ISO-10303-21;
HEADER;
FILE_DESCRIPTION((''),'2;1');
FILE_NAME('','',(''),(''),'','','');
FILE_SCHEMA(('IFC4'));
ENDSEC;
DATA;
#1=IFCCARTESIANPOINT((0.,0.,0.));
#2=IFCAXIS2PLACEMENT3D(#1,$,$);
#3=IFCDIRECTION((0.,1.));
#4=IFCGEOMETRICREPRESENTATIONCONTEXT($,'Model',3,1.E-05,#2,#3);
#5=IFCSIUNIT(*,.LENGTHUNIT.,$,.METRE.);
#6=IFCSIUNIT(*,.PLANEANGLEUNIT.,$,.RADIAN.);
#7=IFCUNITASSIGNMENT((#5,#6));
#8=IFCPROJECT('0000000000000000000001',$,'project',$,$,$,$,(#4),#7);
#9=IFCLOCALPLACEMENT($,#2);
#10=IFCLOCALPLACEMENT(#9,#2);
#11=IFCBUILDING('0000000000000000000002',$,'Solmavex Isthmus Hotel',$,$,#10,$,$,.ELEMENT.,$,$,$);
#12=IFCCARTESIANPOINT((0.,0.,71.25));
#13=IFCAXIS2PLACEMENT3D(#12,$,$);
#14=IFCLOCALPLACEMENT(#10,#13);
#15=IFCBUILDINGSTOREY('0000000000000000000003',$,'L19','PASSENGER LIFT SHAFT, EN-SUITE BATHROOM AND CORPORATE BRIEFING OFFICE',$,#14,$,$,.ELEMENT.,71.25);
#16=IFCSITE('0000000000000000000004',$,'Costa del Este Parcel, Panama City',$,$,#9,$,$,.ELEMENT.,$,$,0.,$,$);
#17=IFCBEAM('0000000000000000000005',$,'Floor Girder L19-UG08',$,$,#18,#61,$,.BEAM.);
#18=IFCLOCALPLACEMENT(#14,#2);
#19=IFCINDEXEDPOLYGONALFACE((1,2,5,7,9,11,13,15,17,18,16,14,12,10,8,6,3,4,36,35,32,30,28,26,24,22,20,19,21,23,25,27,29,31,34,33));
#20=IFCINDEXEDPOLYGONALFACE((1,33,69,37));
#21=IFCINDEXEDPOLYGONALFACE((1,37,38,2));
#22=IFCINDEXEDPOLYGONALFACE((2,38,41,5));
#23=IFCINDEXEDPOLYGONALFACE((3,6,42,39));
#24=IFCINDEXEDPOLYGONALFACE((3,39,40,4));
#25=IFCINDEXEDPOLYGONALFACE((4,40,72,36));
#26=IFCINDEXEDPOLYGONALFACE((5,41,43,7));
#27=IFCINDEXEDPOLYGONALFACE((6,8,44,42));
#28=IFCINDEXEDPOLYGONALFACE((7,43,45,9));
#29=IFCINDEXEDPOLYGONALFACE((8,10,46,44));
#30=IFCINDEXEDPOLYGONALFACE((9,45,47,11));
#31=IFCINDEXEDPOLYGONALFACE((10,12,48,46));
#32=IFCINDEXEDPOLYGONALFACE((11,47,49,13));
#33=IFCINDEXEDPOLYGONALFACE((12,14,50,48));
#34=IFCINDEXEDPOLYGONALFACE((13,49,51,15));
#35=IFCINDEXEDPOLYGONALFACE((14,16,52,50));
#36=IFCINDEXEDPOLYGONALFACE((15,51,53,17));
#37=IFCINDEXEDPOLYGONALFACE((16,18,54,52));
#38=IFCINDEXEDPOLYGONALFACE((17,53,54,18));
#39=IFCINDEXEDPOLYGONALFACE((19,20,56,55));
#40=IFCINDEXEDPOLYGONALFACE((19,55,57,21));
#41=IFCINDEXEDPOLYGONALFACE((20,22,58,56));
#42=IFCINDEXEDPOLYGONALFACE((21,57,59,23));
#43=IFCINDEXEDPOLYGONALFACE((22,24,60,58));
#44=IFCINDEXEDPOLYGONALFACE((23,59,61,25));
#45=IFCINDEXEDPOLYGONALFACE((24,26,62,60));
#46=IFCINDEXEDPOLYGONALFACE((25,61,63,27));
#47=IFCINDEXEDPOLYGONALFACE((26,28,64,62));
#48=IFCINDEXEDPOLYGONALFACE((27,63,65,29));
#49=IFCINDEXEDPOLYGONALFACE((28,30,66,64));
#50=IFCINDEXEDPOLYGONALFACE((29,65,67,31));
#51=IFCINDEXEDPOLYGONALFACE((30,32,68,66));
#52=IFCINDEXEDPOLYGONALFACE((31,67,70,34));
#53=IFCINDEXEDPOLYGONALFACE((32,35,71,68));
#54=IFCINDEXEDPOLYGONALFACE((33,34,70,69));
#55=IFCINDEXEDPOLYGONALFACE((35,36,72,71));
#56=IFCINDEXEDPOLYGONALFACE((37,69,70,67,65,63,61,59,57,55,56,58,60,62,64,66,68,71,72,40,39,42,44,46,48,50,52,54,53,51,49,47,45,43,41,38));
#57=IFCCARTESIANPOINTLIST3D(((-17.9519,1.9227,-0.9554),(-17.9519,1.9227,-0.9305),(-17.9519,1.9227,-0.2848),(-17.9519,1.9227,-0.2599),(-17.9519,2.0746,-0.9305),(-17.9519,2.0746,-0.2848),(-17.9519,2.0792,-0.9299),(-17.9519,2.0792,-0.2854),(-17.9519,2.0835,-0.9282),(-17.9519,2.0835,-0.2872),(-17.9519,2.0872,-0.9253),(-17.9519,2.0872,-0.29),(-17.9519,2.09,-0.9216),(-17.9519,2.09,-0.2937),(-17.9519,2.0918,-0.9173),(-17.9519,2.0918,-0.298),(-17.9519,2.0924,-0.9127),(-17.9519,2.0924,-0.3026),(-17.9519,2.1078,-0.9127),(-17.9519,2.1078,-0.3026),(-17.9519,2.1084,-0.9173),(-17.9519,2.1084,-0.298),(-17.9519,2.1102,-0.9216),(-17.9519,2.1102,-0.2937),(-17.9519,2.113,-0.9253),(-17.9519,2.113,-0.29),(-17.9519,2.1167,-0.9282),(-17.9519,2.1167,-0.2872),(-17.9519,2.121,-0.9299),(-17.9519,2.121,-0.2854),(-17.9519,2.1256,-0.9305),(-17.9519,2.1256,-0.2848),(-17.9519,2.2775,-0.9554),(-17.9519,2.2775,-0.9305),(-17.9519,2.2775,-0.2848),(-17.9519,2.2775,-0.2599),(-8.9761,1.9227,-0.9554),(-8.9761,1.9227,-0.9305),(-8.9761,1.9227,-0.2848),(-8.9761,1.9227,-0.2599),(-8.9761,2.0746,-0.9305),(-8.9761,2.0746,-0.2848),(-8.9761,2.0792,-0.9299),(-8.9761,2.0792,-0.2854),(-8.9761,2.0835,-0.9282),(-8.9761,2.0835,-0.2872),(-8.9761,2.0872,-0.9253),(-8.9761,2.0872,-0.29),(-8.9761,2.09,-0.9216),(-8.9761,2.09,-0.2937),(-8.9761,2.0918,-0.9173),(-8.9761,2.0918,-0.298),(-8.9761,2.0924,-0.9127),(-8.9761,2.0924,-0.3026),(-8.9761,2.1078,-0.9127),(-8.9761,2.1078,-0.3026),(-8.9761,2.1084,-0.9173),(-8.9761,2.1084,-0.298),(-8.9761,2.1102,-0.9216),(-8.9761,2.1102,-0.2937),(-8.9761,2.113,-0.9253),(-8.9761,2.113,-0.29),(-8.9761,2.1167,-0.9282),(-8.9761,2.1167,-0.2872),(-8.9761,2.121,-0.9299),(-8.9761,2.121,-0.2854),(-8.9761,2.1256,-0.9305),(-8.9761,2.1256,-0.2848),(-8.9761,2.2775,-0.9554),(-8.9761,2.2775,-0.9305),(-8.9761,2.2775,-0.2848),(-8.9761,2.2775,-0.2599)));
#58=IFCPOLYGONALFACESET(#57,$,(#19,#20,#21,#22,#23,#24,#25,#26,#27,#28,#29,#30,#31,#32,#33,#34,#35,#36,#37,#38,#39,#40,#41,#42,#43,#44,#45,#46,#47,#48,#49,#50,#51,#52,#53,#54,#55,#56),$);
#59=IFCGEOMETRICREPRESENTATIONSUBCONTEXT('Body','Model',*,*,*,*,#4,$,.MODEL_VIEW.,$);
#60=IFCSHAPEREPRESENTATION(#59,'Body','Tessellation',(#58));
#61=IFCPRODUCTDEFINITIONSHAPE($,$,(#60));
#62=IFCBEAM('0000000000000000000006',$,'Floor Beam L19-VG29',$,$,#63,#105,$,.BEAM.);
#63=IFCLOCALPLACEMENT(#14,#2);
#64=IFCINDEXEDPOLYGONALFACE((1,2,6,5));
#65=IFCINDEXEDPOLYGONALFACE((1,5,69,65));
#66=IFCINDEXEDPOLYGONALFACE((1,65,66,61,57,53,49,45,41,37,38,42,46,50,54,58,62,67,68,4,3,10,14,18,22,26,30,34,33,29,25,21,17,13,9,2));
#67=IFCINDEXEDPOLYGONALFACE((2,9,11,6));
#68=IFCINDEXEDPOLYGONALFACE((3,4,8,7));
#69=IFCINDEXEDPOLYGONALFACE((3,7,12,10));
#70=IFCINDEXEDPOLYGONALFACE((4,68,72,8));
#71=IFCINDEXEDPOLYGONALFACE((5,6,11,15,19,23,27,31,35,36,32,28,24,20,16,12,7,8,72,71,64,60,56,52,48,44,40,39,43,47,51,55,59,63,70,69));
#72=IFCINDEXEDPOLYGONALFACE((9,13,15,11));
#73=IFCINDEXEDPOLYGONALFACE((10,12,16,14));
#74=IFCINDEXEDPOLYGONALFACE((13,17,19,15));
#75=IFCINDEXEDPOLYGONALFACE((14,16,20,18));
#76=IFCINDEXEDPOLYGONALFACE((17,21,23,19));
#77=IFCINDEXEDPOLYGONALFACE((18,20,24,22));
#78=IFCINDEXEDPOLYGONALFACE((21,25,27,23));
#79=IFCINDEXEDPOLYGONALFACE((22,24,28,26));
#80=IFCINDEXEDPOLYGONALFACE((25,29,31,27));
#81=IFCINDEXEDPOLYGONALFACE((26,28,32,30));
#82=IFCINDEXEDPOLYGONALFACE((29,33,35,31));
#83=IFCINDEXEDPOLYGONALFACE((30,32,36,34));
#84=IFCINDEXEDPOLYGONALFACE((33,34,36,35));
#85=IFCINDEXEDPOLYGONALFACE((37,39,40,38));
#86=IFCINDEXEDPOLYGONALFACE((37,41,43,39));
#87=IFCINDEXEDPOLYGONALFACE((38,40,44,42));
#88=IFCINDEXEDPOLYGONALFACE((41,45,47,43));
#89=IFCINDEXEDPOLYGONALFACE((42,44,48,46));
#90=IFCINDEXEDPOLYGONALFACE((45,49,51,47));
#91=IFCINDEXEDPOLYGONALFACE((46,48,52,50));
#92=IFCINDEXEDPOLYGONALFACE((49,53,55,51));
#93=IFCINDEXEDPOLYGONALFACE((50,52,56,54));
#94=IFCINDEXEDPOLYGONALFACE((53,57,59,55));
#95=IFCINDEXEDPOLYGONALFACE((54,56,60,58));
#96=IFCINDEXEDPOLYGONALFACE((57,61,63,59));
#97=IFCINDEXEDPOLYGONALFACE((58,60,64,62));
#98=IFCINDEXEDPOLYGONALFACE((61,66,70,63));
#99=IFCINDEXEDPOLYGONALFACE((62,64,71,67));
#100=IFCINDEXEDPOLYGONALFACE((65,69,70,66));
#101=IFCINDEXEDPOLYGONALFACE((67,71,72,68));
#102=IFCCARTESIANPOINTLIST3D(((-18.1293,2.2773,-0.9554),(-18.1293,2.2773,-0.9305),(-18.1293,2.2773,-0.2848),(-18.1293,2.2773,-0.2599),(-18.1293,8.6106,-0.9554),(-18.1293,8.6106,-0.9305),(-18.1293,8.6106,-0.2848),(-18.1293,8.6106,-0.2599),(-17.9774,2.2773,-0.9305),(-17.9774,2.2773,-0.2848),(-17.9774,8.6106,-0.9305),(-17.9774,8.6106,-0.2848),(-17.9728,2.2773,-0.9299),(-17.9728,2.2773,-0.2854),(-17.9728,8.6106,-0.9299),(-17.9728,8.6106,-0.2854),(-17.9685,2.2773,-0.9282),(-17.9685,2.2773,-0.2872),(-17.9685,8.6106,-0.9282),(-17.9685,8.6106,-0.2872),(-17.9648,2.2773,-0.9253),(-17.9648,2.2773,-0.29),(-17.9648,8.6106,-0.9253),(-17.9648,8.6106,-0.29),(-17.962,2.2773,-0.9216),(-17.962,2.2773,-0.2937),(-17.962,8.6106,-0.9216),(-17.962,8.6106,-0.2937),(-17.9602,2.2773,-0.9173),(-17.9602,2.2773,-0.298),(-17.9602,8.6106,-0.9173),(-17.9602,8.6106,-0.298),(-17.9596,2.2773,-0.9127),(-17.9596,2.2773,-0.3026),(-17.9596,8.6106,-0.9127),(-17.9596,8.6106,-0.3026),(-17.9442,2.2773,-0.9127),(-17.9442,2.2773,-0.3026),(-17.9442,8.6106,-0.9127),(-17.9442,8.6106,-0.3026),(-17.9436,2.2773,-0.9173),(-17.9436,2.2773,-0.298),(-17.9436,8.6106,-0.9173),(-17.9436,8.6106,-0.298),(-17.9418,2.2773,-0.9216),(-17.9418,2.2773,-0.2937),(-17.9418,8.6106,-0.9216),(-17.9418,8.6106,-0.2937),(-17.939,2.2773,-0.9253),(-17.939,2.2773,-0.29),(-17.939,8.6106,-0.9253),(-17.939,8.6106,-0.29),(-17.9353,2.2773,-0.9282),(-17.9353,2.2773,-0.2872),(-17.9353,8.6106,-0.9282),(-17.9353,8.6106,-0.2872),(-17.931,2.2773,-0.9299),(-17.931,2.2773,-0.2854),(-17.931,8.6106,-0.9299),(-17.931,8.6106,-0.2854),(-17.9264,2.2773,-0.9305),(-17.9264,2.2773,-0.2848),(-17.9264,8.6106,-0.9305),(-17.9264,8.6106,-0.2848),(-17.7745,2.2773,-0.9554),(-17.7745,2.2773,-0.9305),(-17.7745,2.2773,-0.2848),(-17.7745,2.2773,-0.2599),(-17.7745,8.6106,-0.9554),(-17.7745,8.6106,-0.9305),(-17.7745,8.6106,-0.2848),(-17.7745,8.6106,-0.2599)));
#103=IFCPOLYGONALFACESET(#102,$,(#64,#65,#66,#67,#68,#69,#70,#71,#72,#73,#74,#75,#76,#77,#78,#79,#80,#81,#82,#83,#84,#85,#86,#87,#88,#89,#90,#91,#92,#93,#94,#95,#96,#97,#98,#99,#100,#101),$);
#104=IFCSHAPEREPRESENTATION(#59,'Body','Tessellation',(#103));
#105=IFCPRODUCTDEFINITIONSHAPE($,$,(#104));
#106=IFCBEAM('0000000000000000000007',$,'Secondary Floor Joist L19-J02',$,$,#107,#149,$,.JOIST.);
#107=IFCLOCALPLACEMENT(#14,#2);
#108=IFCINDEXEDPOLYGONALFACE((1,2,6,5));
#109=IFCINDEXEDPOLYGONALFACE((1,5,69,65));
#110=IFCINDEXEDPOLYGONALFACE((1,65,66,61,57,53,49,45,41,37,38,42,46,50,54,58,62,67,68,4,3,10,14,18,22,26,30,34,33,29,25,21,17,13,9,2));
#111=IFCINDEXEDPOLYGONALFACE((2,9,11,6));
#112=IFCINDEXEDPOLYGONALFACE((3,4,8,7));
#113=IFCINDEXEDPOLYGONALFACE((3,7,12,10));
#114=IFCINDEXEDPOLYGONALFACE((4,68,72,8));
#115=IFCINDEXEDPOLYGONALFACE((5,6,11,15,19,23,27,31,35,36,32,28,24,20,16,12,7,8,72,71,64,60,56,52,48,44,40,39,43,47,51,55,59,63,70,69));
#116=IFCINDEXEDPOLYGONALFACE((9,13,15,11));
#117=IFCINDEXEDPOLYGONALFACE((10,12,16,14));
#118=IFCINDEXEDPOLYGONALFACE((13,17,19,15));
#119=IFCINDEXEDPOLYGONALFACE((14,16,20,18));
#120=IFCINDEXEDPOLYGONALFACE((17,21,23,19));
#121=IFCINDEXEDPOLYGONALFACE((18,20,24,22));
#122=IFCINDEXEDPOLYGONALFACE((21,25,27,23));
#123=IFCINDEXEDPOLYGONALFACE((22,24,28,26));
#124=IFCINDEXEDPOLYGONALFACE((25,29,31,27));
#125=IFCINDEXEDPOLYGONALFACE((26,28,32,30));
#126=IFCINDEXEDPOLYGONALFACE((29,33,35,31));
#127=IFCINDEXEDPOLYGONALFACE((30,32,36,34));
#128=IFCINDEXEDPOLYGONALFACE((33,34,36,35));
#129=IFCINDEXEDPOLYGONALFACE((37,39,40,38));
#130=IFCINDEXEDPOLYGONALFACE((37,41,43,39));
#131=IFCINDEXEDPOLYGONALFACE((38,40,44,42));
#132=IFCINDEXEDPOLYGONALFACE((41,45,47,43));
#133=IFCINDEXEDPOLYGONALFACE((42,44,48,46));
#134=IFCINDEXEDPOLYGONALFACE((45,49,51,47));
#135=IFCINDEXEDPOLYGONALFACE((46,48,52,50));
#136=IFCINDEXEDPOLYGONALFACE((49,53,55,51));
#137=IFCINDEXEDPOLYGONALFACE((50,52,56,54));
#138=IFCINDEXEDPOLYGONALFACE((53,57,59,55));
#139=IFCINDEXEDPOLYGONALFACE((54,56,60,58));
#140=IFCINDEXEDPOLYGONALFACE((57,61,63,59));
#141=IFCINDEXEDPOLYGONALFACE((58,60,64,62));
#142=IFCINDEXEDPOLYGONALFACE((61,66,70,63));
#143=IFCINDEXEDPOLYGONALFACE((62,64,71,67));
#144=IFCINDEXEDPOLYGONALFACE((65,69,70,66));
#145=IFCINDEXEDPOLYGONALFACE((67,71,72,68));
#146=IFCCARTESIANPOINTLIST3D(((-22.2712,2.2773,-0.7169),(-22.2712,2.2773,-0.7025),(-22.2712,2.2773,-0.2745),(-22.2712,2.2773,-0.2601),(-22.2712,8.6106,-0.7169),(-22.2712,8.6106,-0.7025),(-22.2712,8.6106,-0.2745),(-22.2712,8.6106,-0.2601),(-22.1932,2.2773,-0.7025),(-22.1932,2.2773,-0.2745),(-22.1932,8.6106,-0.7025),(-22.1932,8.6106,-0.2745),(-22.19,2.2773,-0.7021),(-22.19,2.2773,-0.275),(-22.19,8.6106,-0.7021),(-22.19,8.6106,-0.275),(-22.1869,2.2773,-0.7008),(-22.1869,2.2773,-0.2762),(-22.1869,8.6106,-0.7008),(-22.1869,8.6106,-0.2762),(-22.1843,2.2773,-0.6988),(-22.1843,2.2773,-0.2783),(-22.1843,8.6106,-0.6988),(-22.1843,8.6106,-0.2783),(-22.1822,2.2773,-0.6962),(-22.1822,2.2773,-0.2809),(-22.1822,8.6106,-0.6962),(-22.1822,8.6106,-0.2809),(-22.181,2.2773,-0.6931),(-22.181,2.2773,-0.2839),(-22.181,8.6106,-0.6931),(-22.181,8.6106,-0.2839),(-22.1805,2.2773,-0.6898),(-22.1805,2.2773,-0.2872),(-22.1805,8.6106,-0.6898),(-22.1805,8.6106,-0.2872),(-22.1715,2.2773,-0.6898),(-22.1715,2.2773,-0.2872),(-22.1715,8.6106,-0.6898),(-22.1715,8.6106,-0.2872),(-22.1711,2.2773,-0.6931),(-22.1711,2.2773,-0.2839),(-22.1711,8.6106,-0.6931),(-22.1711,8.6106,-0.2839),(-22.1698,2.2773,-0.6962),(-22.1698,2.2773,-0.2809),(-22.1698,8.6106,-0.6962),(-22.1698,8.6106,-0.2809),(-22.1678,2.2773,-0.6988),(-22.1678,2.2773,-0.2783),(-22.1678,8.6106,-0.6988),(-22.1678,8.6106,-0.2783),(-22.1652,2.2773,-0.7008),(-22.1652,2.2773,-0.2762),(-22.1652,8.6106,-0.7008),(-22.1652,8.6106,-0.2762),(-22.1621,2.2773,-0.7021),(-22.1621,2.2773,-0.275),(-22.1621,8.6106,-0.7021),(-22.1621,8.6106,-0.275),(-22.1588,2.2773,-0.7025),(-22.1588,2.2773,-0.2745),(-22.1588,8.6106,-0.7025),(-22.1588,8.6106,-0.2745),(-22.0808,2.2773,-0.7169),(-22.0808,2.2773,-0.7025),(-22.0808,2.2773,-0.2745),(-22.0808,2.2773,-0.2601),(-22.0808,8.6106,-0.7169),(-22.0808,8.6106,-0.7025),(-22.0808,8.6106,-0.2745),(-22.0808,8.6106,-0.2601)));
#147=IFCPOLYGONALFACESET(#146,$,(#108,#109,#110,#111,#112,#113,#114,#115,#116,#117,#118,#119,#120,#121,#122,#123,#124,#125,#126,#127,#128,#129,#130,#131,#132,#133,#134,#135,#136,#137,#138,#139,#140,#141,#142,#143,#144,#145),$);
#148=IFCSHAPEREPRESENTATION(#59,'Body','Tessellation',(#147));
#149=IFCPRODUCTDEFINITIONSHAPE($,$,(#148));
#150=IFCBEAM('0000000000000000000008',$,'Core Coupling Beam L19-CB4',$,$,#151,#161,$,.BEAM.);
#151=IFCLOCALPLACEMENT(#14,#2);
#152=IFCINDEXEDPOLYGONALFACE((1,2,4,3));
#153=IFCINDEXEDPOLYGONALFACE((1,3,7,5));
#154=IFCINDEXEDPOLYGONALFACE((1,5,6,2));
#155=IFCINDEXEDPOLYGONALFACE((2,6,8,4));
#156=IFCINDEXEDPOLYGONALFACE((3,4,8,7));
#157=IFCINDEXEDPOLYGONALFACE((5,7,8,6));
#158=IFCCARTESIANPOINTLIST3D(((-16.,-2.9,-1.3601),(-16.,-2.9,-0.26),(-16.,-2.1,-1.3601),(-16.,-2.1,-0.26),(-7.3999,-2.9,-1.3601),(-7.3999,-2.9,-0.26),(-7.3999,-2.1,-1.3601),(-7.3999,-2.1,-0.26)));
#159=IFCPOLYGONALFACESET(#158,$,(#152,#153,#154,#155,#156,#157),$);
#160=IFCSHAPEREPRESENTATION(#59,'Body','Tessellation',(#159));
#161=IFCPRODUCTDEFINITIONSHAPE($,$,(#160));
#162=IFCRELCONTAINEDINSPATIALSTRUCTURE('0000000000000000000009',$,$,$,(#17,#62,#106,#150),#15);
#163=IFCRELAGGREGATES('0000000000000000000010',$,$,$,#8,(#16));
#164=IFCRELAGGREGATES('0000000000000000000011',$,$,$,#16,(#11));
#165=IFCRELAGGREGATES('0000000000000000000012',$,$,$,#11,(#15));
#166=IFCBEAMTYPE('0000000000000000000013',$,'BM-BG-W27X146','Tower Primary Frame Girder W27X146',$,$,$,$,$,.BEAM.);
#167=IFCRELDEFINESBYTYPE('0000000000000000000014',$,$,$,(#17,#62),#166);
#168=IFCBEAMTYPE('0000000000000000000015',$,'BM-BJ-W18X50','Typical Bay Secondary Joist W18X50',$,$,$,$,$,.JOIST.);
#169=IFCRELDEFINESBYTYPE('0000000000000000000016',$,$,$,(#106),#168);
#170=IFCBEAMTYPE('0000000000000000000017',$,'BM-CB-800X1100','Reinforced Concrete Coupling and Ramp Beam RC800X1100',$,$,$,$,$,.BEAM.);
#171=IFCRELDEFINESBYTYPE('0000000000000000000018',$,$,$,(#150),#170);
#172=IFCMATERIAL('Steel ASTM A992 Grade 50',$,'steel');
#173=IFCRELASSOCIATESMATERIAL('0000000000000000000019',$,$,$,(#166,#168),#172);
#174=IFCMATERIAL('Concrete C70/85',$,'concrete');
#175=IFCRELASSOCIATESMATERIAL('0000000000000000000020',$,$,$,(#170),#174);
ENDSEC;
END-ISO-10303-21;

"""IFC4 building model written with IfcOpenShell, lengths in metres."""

from ifc_helpers import new_model, si_unit, direction, frame, origin, origin_2d, place, context, subcontext, project, spatial, rectangle, i_section, extrude, material, material_profile, profile_set, type_object, element, save


model = new_model("IFC4")

# Units and contexts
model_context = context("Model", 3, precision=1e-05, world=origin(), true_north=direction((0.0, 1.0)))
body_context = subcontext(model_context, "Body", "Model", "MODEL_VIEW")
ifc_project = project(units=[si_unit("LENGTHUNIT", "METRE"), si_unit("PLANEANGLEUNIT", "RADIAN")], contexts=[model_context])

# Site, building, storey
site_placement = place(None, origin())
site = spatial("IfcSite", under=ifc_project, at=site_placement, Name="Costa del Este Parcel, Panama City", CompositionType="ELEMENT", RefElevation=0.0)
building_placement = place(site_placement, origin())
building = spatial("IfcBuilding", under=site, at=building_placement, Name="Solmavex Isthmus Hotel", CompositionType="ELEMENT")
storey_placement = place(building_placement, frame((0.0, 0.0, 71.25)))
storey = spatial("IfcBuildingStorey", under=building, at=storey_placement, Name="L19", Description="PASSENGER LIFT SHAFT, EN-SUITE BATHROOM AND CORPORATE BRIEFING OFFICE", CompositionType="ELEMENT", Elevation=71.25)

# Shared definitions
ifc_material_1 = material(Name="Concrete C70/85", Category="concrete")

# Beams
ifc_material_2 = material(Name="Steel ASTM A992 Grade 50", Category="steel")
ifc_material_profile_1 = material_profile(ifc_material_2, i_section(OverallWidth=0.3547, OverallDepth=0.6956, WebThickness=0.0154, FlangeThickness=0.0249, FilletRadius=0.0178, at=origin_2d()), Name="W27X146")
ifc_profile_set_1 = profile_set([ifc_material_profile_1], Name="Steel ASTM A992 Grade 50")
beam_type_1 = type_object("IfcBeamType", Name="BM-BG-W27X146", Description="Tower Primary Frame Girder W27X146", PredefinedType="BEAM", material=ifc_profile_set_1)
beam_1_placement = place(storey_placement, frame((-17.9519, 2.1001, -0.6077), z_axis=(1.0, 0.0, 0.0), x_axis=(0.0, 1.0, 0.0)))
element("IfcBeam", 1, at=beam_1_placement, inside=storey, type_object=beam_type_1, Name="Floor Girder L19-UG08", PredefinedType="BEAM", context=body_context, shape_type="SweptSolid", body=[
    extrude(i_section(OverallWidth=0.3547, OverallDepth=0.6956, WebThickness=0.0154, FlangeThickness=0.0249, FilletRadius=0.0178, at=origin_2d()), origin(), (0.0, 0.0, 1.0), 8.9758),
])
beam_2_placement = place(storey_placement, frame((-17.9519, 2.2773, -0.6077), z_axis=(0.0, 1.0, 0.0), x_axis=(-1.0, 0.0, 0.0)))
element("IfcBeam", 2, at=beam_2_placement, inside=storey, type_object=beam_type_1, Name="Floor Beam L19-VG29", PredefinedType="BEAM", context=body_context, shape_type="SweptSolid", body=[
    extrude(i_section(OverallWidth=0.3547, OverallDepth=0.6956, WebThickness=0.0154, FlangeThickness=0.0249, FilletRadius=0.0178, at=origin_2d()), origin(), (0.0, 0.0, 1.0), 6.3333),
])
ifc_material_profile_2 = material_profile(ifc_material_2, i_section(OverallWidth=0.1904, OverallDepth=0.4568, WebThickness=0.009, FlangeThickness=0.0144, FilletRadius=0.0127, at=origin_2d()), Name="W18X50")
ifc_profile_set_2 = profile_set([ifc_material_profile_2], Name="Steel ASTM A992 Grade 50")
beam_type_2 = type_object("IfcBeamType", Name="BM-BJ-W18X50", Description="Typical Bay Secondary Joist W18X50", PredefinedType="JOIST", material=ifc_profile_set_2)
beam_3_placement = place(storey_placement, frame((-22.176, 2.2773, -0.4885), z_axis=(0.0, 1.0, 0.0), x_axis=(-1.0, 0.0, 0.0)))
element("IfcBeam", 3, at=beam_3_placement, inside=storey, type_object=beam_type_2, Name="Secondary Floor Joist L19-J02", PredefinedType="JOIST", context=body_context, shape_type="SweptSolid", body=[
    extrude(i_section(OverallWidth=0.1904, OverallDepth=0.4568, WebThickness=0.009, FlangeThickness=0.0144, FilletRadius=0.0127, at=origin_2d()), origin(), (0.0, 0.0, 1.0), 6.3333),
])
ifc_material_profile_3 = material_profile(ifc_material_1, rectangle(XDim=0.8, YDim=1.1001, at=origin_2d()), Name="RC800X1100")
ifc_profile_set_3 = profile_set([ifc_material_profile_3], Name="Concrete C70/85")
beam_type_3 = type_object("IfcBeamType", Name="BM-CB-800X1100", Description="Reinforced Concrete Coupling and Ramp Beam RC800X1100", PredefinedType="BEAM", material=ifc_profile_set_3)
beam_4_placement = place(storey_placement, frame((-16.0, -2.5, -0.8101), z_axis=(1.0, 0.0, 0.0), x_axis=(0.0, 1.0, 0.0)))
element("IfcBeam", 4, at=beam_4_placement, inside=storey, type_object=beam_type_3, Name="Core Coupling Beam L19-CB4", PredefinedType="BEAM", context=body_context, shape_type="SweptSolid", body=[
    extrude(rectangle(XDim=0.8, YDim=1.1001, at=origin_2d()), origin(), (0.0, 0.0, 1.0), 8.6001),
])

save(model, "model.ifc")
